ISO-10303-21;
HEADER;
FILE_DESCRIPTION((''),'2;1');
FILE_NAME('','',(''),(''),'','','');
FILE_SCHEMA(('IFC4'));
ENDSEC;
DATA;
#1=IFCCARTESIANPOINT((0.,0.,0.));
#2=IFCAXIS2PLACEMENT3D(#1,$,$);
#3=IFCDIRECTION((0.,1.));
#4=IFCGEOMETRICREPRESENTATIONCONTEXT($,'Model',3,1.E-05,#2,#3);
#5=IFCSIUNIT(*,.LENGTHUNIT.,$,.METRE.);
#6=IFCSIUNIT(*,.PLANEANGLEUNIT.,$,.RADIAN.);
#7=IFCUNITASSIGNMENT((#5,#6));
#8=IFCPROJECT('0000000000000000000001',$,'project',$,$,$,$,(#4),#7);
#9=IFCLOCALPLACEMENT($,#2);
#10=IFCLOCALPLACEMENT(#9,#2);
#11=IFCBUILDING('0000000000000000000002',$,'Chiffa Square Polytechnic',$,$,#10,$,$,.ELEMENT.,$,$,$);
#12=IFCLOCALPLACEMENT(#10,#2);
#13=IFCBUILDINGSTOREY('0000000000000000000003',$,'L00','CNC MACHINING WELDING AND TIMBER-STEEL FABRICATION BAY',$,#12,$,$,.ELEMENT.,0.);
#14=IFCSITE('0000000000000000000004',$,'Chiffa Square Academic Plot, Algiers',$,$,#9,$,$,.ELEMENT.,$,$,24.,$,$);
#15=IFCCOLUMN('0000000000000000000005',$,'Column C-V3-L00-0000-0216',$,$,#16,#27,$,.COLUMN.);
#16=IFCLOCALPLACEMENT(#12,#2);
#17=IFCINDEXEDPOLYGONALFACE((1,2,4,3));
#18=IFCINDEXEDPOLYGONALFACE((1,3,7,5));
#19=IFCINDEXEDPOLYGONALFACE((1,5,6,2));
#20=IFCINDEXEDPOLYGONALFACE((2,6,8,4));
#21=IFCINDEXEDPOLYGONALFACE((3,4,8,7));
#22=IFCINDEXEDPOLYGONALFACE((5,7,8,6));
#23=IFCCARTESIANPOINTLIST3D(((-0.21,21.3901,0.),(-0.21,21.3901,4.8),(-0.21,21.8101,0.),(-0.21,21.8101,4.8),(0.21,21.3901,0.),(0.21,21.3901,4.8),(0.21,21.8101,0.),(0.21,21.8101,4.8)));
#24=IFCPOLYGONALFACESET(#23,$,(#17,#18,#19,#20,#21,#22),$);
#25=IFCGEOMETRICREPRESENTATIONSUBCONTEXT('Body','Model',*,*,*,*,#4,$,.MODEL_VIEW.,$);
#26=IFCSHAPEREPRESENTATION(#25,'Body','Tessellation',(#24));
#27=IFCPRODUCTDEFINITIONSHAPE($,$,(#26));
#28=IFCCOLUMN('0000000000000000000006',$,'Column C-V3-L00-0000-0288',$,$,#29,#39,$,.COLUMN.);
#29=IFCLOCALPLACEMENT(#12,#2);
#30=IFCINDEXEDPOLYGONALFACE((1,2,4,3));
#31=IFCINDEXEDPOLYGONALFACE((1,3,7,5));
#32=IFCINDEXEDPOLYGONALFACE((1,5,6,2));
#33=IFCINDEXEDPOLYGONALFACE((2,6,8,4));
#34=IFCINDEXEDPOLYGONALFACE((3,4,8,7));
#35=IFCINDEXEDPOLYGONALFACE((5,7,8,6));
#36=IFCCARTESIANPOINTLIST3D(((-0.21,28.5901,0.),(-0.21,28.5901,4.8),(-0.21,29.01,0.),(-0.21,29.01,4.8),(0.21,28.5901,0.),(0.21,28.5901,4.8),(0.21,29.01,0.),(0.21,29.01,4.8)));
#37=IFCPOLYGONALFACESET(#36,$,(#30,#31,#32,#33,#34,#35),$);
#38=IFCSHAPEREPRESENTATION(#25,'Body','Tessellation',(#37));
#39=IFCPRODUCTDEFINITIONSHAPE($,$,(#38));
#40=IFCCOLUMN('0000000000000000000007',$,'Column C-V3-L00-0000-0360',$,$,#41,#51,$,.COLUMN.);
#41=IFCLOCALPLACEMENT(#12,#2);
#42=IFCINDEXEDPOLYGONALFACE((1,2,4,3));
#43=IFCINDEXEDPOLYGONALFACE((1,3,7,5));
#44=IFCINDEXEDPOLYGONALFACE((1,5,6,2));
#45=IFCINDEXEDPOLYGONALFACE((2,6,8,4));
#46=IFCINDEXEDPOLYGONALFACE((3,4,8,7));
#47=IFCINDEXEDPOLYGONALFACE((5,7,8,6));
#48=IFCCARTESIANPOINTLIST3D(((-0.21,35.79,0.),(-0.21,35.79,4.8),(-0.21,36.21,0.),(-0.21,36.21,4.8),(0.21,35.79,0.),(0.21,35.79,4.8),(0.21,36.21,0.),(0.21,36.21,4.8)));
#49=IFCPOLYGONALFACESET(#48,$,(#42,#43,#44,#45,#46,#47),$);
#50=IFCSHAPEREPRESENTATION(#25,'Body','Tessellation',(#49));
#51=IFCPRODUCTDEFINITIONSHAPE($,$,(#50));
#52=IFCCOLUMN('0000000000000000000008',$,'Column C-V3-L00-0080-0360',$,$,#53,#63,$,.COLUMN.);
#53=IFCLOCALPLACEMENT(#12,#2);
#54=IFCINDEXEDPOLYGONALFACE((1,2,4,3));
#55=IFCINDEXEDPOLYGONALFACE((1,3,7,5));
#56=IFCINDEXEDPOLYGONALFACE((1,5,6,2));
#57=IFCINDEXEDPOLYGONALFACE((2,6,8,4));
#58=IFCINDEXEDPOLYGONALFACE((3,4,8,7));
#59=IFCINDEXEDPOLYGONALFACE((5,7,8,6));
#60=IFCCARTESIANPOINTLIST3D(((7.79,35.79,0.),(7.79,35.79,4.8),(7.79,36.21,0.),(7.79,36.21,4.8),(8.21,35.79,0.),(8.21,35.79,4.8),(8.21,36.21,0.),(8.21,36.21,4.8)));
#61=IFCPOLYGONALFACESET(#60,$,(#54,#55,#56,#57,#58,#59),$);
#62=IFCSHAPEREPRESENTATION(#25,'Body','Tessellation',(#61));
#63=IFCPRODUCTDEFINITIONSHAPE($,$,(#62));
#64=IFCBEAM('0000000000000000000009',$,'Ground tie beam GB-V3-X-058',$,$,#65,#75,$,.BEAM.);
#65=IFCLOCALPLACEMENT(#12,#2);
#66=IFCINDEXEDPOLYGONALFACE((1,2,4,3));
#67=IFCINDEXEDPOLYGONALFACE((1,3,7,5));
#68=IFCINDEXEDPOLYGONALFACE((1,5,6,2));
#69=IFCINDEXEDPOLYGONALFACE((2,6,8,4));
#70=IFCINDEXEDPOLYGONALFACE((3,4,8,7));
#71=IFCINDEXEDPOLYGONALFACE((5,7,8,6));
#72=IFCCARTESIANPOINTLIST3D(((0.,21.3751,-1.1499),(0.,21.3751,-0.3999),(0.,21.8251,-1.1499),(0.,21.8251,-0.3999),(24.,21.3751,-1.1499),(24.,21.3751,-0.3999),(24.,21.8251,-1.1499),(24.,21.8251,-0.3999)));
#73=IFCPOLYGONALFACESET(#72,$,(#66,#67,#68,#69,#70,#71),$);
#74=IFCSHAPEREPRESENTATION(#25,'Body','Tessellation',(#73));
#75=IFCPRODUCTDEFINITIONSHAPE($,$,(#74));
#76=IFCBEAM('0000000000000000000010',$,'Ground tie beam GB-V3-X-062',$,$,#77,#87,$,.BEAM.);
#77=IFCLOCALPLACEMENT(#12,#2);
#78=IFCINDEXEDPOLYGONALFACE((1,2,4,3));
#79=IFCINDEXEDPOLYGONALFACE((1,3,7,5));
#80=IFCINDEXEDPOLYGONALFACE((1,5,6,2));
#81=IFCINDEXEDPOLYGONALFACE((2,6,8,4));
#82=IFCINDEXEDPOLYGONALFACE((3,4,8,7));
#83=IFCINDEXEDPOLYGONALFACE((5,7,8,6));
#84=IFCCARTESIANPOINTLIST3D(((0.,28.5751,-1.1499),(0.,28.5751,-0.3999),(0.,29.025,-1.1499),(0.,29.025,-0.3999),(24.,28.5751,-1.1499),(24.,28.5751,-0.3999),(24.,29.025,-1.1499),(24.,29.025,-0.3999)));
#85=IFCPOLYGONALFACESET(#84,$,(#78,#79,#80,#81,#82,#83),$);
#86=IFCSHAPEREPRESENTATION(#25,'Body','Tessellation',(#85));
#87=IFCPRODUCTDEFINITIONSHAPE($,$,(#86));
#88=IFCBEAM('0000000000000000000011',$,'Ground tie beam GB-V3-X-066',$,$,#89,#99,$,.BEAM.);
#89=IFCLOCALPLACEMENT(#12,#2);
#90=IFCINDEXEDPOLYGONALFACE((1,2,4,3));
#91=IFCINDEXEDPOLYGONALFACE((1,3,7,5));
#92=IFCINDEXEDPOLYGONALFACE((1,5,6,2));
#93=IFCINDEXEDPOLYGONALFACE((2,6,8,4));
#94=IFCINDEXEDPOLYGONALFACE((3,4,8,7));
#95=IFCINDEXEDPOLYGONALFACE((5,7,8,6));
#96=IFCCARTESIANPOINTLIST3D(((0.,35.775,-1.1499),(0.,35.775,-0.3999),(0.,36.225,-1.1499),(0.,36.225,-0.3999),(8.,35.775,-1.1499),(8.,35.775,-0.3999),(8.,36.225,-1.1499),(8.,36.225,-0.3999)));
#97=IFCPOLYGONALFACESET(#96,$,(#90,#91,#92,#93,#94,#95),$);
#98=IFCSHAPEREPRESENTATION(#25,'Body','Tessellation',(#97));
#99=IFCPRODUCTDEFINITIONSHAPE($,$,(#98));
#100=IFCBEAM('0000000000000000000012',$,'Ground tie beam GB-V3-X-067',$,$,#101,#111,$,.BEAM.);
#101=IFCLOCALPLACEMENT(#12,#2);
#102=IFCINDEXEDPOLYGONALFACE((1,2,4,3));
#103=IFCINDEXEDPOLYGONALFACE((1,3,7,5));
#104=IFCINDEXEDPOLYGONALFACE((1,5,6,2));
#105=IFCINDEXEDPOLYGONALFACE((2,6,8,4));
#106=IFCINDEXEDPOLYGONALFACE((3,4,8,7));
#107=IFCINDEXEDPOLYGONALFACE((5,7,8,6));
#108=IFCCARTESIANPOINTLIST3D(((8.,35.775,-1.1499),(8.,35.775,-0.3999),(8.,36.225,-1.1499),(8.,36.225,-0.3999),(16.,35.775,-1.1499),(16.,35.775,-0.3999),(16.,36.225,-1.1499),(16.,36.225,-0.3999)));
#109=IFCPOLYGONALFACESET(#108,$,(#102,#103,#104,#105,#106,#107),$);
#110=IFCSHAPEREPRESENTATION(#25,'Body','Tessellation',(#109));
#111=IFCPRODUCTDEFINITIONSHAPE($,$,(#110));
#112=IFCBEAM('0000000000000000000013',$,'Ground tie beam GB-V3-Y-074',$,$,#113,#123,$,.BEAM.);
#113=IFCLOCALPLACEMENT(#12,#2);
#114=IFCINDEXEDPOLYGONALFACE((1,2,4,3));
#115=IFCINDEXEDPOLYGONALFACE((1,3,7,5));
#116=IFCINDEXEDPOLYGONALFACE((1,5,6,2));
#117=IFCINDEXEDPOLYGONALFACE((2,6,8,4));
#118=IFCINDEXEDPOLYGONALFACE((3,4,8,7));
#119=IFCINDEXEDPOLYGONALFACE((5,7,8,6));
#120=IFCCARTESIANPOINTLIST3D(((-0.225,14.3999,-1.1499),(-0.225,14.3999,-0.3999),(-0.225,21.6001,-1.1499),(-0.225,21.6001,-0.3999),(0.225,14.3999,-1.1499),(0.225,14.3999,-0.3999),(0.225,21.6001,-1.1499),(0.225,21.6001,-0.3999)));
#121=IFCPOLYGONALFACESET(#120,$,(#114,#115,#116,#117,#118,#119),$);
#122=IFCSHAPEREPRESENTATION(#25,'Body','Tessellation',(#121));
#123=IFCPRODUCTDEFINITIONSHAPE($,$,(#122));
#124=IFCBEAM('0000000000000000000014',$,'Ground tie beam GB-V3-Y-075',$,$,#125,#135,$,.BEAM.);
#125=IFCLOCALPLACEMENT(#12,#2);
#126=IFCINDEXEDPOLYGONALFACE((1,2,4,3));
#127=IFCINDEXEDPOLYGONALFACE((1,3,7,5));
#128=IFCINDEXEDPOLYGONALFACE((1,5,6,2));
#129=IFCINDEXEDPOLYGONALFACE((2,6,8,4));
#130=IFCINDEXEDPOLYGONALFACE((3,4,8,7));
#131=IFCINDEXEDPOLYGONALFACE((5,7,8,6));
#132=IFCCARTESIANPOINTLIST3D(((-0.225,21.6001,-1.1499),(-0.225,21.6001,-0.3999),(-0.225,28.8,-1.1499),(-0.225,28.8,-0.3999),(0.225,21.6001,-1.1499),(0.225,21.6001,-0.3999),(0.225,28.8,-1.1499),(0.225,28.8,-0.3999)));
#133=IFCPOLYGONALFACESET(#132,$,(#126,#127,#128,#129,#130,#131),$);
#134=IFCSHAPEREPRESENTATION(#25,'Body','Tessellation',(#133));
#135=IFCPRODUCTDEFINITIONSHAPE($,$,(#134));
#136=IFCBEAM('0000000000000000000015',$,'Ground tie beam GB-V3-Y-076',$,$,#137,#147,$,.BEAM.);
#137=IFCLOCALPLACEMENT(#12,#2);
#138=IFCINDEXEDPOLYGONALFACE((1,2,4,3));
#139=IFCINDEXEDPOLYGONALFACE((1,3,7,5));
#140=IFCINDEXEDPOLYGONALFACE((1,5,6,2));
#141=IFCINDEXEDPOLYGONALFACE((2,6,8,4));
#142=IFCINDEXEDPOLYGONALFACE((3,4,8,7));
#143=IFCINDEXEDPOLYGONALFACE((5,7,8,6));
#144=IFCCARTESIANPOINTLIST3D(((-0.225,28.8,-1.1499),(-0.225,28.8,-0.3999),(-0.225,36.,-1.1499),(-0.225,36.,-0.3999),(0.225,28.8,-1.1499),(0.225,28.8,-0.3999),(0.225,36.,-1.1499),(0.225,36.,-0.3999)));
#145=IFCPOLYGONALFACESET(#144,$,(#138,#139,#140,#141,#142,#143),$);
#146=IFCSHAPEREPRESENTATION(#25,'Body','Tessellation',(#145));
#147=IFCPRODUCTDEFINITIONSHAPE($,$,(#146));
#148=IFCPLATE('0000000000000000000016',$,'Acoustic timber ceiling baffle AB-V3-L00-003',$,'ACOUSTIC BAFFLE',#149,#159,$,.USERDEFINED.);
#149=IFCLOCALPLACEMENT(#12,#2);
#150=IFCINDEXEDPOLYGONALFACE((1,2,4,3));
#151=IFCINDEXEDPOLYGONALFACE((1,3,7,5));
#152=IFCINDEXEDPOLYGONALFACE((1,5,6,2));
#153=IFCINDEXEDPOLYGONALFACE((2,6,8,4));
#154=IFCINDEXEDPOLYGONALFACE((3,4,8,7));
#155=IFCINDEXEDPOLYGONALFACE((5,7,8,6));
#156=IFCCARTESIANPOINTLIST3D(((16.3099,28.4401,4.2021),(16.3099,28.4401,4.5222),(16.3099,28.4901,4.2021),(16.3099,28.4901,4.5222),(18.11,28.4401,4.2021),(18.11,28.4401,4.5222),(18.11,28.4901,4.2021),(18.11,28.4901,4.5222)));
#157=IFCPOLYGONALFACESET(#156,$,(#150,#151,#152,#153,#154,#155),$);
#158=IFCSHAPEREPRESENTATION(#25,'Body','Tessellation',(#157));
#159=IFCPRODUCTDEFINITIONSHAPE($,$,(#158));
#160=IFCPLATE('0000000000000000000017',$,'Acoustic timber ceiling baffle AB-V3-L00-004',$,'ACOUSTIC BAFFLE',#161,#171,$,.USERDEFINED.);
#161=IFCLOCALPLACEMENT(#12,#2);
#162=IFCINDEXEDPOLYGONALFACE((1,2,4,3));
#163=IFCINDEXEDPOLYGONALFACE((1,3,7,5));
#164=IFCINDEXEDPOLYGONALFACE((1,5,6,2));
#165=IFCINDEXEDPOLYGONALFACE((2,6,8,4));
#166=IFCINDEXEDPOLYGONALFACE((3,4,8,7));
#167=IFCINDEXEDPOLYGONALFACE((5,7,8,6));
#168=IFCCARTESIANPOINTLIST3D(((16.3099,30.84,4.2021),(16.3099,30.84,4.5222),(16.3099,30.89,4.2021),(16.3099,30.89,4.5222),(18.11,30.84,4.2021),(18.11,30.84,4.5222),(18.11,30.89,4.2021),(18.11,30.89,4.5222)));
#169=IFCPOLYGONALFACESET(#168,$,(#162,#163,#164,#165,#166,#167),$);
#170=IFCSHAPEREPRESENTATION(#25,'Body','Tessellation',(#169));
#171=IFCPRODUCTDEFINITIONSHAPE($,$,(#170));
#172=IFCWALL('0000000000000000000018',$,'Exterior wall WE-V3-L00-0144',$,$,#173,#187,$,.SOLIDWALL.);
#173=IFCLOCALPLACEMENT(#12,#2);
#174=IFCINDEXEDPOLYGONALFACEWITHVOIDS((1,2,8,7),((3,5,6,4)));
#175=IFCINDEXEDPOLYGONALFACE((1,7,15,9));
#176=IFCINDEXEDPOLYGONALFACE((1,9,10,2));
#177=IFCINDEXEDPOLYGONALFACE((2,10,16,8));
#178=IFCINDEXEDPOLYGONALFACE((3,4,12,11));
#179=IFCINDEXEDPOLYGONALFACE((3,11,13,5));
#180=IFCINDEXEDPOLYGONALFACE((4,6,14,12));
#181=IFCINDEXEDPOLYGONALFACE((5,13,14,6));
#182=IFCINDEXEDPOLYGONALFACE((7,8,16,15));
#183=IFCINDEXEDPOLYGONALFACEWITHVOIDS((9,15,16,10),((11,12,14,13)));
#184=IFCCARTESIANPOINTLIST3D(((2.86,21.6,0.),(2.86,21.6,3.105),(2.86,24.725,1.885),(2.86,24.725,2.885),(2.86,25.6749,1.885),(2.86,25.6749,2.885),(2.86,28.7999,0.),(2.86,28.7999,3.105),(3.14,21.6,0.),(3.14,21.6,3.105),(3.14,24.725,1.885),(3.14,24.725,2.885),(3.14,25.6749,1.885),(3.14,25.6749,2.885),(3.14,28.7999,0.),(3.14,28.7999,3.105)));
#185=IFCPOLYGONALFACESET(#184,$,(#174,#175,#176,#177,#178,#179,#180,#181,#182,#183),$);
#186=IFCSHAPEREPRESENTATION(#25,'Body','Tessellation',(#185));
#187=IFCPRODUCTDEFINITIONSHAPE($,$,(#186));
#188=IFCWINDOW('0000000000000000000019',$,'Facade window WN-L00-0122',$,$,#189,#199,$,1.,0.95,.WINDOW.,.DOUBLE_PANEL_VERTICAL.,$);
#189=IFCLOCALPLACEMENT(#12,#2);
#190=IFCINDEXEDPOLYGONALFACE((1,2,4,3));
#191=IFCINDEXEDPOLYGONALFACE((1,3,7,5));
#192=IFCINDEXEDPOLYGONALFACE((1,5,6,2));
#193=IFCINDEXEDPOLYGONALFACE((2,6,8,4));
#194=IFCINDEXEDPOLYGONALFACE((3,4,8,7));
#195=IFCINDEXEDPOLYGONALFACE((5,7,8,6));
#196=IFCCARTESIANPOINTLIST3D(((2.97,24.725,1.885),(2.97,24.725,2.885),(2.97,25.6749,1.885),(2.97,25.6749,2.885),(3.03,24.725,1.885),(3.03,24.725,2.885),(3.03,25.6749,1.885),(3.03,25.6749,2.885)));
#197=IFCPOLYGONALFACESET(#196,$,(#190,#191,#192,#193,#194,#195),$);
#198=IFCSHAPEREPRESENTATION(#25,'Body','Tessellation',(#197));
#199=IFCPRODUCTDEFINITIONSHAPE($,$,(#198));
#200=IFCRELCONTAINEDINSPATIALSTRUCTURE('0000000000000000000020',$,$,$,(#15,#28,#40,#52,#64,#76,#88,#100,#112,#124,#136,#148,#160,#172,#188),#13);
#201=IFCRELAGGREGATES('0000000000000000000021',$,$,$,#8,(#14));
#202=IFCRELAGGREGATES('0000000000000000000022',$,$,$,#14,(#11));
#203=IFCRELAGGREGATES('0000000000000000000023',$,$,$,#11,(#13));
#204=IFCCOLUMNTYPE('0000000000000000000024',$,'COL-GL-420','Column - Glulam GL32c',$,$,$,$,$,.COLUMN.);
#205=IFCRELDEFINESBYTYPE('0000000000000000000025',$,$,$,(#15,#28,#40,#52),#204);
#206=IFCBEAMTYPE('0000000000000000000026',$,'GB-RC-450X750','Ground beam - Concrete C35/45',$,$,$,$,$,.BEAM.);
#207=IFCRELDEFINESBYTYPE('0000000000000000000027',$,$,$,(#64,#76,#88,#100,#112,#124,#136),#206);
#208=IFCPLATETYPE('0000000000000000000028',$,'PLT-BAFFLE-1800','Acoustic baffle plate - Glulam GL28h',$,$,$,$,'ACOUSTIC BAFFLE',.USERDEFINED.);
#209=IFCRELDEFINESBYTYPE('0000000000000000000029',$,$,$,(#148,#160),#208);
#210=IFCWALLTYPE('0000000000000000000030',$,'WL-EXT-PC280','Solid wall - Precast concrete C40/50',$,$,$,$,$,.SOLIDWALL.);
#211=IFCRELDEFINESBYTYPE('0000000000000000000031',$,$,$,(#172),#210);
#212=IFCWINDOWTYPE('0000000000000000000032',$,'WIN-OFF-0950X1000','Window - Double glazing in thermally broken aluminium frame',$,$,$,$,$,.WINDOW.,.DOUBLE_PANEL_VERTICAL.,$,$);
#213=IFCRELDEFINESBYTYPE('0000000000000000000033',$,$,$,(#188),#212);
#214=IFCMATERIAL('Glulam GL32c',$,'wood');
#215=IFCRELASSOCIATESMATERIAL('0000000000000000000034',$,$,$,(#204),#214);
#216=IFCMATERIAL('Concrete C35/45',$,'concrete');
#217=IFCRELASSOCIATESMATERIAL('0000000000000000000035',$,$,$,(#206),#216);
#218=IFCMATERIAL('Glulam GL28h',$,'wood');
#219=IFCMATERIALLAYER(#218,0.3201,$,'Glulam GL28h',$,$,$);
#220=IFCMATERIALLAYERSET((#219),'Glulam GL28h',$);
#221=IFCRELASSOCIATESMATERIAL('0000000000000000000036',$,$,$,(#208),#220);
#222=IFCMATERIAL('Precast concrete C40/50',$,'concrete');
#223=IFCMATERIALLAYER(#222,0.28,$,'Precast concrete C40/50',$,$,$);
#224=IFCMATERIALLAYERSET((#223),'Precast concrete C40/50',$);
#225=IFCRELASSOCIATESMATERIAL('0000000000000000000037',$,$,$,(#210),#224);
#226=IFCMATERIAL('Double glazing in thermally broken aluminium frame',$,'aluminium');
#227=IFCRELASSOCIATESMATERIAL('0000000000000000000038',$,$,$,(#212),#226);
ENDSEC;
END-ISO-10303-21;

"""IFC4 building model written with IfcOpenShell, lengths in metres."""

from ifc_helpers import new_model, si_unit, direction, frame, frame_2d, origin, origin_2d, place, context, subcontext, project, spatial, rectangle, extrude, material, layer, layer_set, material_profile, profile_set, type_object, element, fill, save


model = new_model("IFC4")

# Units and contexts
model_context = context("Model", 3, precision=1e-05, world=origin(), true_north=direction((0.0, 1.0)))
body_context = subcontext(model_context, "Body", "Model", "MODEL_VIEW")
ifc_project = project(units=[si_unit("LENGTHUNIT", "METRE"), si_unit("PLANEANGLEUNIT", "RADIAN")], contexts=[model_context])

# Site, building, storey
site_placement = place(None, origin())
site = spatial("IfcSite", under=ifc_project, at=site_placement, Name="Chiffa Square Academic Plot, Algiers", CompositionType="ELEMENT", RefElevation=24.0)
building_placement = place(site_placement, origin())
building = spatial("IfcBuilding", under=site, at=building_placement, Name="Chiffa Square Polytechnic", CompositionType="ELEMENT")
storey_placement = place(building_placement, origin())
storey = spatial("IfcBuildingStorey", under=building, at=storey_placement, Name="L00", Description="CNC MACHINING WELDING AND TIMBER-STEEL FABRICATION BAY", CompositionType="ELEMENT", Elevation=0.0)

# Columns
ifc_material_1 = material(Name="Glulam GL32c", Category="wood")
ifc_material_profile_1 = material_profile(ifc_material_1, rectangle(XDim=0.4199, YDim=0.4199, at=origin_2d()), Name="GL32c 420x420")
ifc_profile_set_1 = profile_set([ifc_material_profile_1], Name="Glulam GL32c")
column_type = type_object("IfcColumnType", Name="COL-GL-420", Description="Column - Glulam GL32c", PredefinedType="COLUMN", material=ifc_profile_set_1)
for number, where, z_axis, x_axis, name in (
    (1, (0.0, 21.6001, 0.0), (0.0, 0.0, 1.0), (1.0, 0.0, 0.0), "Column C-V3-L00-0000-0216"),
    (2, (0.0, 28.8, 0.0), (0.0, 0.0, 1.0), (1.0, 0.0, 0.0), "Column C-V3-L00-0000-0288"),
    (3, (0.0, 36.0, 0.0), (0.0, 0.0, 1.0), (1.0, 0.0, 0.0), "Column C-V3-L00-0000-0360"),
    (4, (8.0, 36.0, 0.0), (0.0, 0.0, 1.0), (1.0, 0.0, 0.0), "Column C-V3-L00-0080-0360"),
):
    element("IfcColumn", number, at=place(storey_placement, frame(where, z_axis=z_axis, x_axis=x_axis)), inside=storey, type_object=column_type, Name=name, PredefinedType="COLUMN", context=body_context, shape_type="SweptSolid", body=[
        extrude(rectangle(XDim=0.4199, YDim=0.4199, at=origin_2d()), origin(), (0.0, 0.0, 1.0), 4.8),
    ])

# Beams
ifc_material_2 = material(Name="Concrete C35/45", Category="concrete")
ifc_material_profile_2 = material_profile(ifc_material_2, rectangle(XDim=0.45, YDim=0.75, at=origin_2d()), Name="RC 450x750")
ifc_profile_set_2 = profile_set([ifc_material_profile_2], Name="Concrete C35/45")
beam_type = type_object("IfcBeamType", Name="GB-RC-450X750", Description="Ground beam - Concrete C35/45", PredefinedType="BEAM", material=ifc_profile_set_2)
for number, where, z_axis, x_axis, name in (
    (5, (0.0, 21.6001, -0.7749), (1.0, 0.0, 0.0), (0.0, 1.0, 0.0), "Ground tie beam GB-V3-X-058"),
    (6, (0.0, 28.8, -0.7749), (1.0, 0.0, 0.0), (0.0, 1.0, 0.0), "Ground tie beam GB-V3-X-062"),
):
    element("IfcBeam", number, at=place(storey_placement, frame(where, z_axis=z_axis, x_axis=x_axis)), inside=storey, type_object=beam_type, Name=name, PredefinedType="BEAM", context=body_context, shape_type="SweptSolid", body=[
        extrude(rectangle(XDim=0.45, YDim=0.75, at=origin_2d()), origin(), (0.0, 0.0, 1.0), 24.0),
    ])
for number, where, z_axis, x_axis, name in (
    (7, (0.0, 36.0, -0.7749), (1.0, 0.0, 0.0), (0.0, 1.0, 0.0), "Ground tie beam GB-V3-X-066"),
    (8, (8.0, 36.0, -0.7749), (1.0, 0.0, 0.0), (0.0, 1.0, 0.0), "Ground tie beam GB-V3-X-067"),
):
    element("IfcBeam", number, at=place(storey_placement, frame(where, z_axis=z_axis, x_axis=x_axis)), inside=storey, type_object=beam_type, Name=name, PredefinedType="BEAM", context=body_context, shape_type="SweptSolid", body=[
        extrude(rectangle(XDim=0.45, YDim=0.75, at=origin_2d()), origin(), (0.0, 0.0, 1.0), 8.0),
    ])
beam_placement = place(storey_placement, frame((0.0, 14.3999, -0.7749), z_axis=(0.0, 1.0, 0.0), x_axis=(-1.0, 0.0, 0.0)))
element("IfcBeam", 9, at=beam_placement, inside=storey, type_object=beam_type, Name="Ground tie beam GB-V3-Y-074", PredefinedType="BEAM", context=body_context, shape_type="SweptSolid", body=[
    extrude(rectangle(XDim=0.45, YDim=0.75, at=origin_2d()), origin(), (0.0, 0.0, 1.0), 7.2002),
])
for number, where, z_axis, x_axis, name in (
    (10, (0.0, 21.6001, -0.7749), (0.0, 1.0, 0.0), (-1.0, 0.0, 0.0), "Ground tie beam GB-V3-Y-075"),
    (11, (0.0, 28.8, -0.7749), (0.0, 1.0, 0.0), (-1.0, 0.0, 0.0), "Ground tie beam GB-V3-Y-076"),
):
    element("IfcBeam", number, at=place(storey_placement, frame(where, z_axis=z_axis, x_axis=x_axis)), inside=storey, type_object=beam_type, Name=name, PredefinedType="BEAM", context=body_context, shape_type="SweptSolid", body=[
        extrude(rectangle(XDim=0.45, YDim=0.75, at=origin_2d()), origin(), (0.0, 0.0, 1.0), 7.2),
    ])

# Plates
ifc_material_3 = material(Name="Glulam GL28h", Category="wood")
ifc_layer_1 = layer(ifc_material_3, 0.3201, Name="Glulam GL28h")
ifc_layer_set_1 = layer_set([ifc_layer_1], Name="Glulam GL28h")
plate_type = type_object("IfcPlateType", Name="PLT-BAFFLE-1800", Description="Acoustic baffle plate - Glulam GL28h", ElementType="ACOUSTIC BAFFLE", PredefinedType="USERDEFINED", material=ifc_layer_set_1)
for number, where, z_axis, x_axis, name in (
    (12, (17.21, 28.4651, 4.2021), (0.0, 0.0, 1.0), (1.0, 0.0, 0.0), "Acoustic timber ceiling baffle AB-V3-L00-003"),
    (13, (17.21, 30.865, 4.2021), (0.0, 0.0, 1.0), (1.0, 0.0, 0.0), "Acoustic timber ceiling baffle AB-V3-L00-004"),
):
    element("IfcPlate", number, at=place(storey_placement, frame(where, z_axis=z_axis, x_axis=x_axis)), inside=storey, type_object=plate_type, Name=name, ObjectType="ACOUSTIC BAFFLE", PredefinedType="USERDEFINED", context=body_context, shape_type="SweptSolid", body=[
        extrude(rectangle(XDim=1.8, YDim=0.05, at=origin_2d()), origin(), (0.0, 0.0, 1.0), 0.3201),
    ])

# Shared definitions
ifc_material_4 = material(Name="Precast concrete C40/50", Category="concrete")
ifc_layer_2 = layer(ifc_material_4, 0.28, Name="Precast concrete C40/50")
ifc_layer_set_2 = layer_set([ifc_layer_2], Name="Precast concrete C40/50")
wall_type_1 = type_object("IfcWallType", Name="WL-EXT-PC280", Description="Solid wall - Precast concrete C40/50", PredefinedType="SOLIDWALL", material=ifc_layer_set_2)

# Wall, opening, window
wall_1_placement = place(storey_placement, frame((3.0, 28.8, 0.0), z_axis=(0.0, 0.0, 1.0), x_axis=(0.0, -1.0, 0.0)))
wall_1 = element("IfcWall", 14, at=wall_1_placement, inside=storey, type_object=wall_type_1, Name="Exterior wall WE-V3-L00-0144", PredefinedType="SOLIDWALL", context=body_context, shape_type="SweptSolid", body=[
    extrude(rectangle(XDim=7.2, YDim=0.28, at=frame_2d((3.6001, 0.0))), origin(), (0.0, 0.0, 1.0), 3.105),
])
opening_1_placement = place(wall_1_placement, frame((3.125, 0.0, 1.885)))
opening_1 = element("IfcOpeningElement", 15, at=opening_1_placement, cuts=wall_1, PredefinedType="OPENING", context=body_context, shape_type="SweptSolid", body=[
    extrude(rectangle(XDim=0.95, YDim=1.0, at=frame_2d((0.4751, 0.5))), frame((0.0, 0.1499, 0.0), z_axis=(0.0, -1.0, 0.0), x_axis=(1.0, 0.0, 0.0)), (0.0, 0.0, 1.0), 0.3),
])
ifc_material_5 = material(Name="Double glazing in thermally broken aluminium frame", Category="aluminium")
window_type = type_object("IfcWindowType", Name="WIN-OFF-0950X1000", Description="Window - Double glazing in thermally broken aluminium frame", PartitioningType="DOUBLE_PANEL_VERTICAL", PredefinedType="WINDOW", material=ifc_material_5)
window_placement = place(opening_1_placement, origin())
window = element("IfcWindow", 16, at=window_placement, inside=storey, type_object=window_type, Name="Facade window WN-L00-0122", OverallHeight=1.0, OverallWidth=0.95, PartitioningType="DOUBLE_PANEL_VERTICAL", PredefinedType="WINDOW", context=body_context, shape_type="SweptSolid", body=[
    extrude(rectangle(XDim=0.95, YDim=1.0, at=frame_2d((0.4751, 0.5))), frame((0.0, 0.03, 0.0), z_axis=(0.0, -1.0, 0.0), x_axis=(1.0, 0.0, 0.0)), (0.0, 0.0, 1.0), 0.0601),
])
fill(opening_1, window)

save(model, "model.ifc")
